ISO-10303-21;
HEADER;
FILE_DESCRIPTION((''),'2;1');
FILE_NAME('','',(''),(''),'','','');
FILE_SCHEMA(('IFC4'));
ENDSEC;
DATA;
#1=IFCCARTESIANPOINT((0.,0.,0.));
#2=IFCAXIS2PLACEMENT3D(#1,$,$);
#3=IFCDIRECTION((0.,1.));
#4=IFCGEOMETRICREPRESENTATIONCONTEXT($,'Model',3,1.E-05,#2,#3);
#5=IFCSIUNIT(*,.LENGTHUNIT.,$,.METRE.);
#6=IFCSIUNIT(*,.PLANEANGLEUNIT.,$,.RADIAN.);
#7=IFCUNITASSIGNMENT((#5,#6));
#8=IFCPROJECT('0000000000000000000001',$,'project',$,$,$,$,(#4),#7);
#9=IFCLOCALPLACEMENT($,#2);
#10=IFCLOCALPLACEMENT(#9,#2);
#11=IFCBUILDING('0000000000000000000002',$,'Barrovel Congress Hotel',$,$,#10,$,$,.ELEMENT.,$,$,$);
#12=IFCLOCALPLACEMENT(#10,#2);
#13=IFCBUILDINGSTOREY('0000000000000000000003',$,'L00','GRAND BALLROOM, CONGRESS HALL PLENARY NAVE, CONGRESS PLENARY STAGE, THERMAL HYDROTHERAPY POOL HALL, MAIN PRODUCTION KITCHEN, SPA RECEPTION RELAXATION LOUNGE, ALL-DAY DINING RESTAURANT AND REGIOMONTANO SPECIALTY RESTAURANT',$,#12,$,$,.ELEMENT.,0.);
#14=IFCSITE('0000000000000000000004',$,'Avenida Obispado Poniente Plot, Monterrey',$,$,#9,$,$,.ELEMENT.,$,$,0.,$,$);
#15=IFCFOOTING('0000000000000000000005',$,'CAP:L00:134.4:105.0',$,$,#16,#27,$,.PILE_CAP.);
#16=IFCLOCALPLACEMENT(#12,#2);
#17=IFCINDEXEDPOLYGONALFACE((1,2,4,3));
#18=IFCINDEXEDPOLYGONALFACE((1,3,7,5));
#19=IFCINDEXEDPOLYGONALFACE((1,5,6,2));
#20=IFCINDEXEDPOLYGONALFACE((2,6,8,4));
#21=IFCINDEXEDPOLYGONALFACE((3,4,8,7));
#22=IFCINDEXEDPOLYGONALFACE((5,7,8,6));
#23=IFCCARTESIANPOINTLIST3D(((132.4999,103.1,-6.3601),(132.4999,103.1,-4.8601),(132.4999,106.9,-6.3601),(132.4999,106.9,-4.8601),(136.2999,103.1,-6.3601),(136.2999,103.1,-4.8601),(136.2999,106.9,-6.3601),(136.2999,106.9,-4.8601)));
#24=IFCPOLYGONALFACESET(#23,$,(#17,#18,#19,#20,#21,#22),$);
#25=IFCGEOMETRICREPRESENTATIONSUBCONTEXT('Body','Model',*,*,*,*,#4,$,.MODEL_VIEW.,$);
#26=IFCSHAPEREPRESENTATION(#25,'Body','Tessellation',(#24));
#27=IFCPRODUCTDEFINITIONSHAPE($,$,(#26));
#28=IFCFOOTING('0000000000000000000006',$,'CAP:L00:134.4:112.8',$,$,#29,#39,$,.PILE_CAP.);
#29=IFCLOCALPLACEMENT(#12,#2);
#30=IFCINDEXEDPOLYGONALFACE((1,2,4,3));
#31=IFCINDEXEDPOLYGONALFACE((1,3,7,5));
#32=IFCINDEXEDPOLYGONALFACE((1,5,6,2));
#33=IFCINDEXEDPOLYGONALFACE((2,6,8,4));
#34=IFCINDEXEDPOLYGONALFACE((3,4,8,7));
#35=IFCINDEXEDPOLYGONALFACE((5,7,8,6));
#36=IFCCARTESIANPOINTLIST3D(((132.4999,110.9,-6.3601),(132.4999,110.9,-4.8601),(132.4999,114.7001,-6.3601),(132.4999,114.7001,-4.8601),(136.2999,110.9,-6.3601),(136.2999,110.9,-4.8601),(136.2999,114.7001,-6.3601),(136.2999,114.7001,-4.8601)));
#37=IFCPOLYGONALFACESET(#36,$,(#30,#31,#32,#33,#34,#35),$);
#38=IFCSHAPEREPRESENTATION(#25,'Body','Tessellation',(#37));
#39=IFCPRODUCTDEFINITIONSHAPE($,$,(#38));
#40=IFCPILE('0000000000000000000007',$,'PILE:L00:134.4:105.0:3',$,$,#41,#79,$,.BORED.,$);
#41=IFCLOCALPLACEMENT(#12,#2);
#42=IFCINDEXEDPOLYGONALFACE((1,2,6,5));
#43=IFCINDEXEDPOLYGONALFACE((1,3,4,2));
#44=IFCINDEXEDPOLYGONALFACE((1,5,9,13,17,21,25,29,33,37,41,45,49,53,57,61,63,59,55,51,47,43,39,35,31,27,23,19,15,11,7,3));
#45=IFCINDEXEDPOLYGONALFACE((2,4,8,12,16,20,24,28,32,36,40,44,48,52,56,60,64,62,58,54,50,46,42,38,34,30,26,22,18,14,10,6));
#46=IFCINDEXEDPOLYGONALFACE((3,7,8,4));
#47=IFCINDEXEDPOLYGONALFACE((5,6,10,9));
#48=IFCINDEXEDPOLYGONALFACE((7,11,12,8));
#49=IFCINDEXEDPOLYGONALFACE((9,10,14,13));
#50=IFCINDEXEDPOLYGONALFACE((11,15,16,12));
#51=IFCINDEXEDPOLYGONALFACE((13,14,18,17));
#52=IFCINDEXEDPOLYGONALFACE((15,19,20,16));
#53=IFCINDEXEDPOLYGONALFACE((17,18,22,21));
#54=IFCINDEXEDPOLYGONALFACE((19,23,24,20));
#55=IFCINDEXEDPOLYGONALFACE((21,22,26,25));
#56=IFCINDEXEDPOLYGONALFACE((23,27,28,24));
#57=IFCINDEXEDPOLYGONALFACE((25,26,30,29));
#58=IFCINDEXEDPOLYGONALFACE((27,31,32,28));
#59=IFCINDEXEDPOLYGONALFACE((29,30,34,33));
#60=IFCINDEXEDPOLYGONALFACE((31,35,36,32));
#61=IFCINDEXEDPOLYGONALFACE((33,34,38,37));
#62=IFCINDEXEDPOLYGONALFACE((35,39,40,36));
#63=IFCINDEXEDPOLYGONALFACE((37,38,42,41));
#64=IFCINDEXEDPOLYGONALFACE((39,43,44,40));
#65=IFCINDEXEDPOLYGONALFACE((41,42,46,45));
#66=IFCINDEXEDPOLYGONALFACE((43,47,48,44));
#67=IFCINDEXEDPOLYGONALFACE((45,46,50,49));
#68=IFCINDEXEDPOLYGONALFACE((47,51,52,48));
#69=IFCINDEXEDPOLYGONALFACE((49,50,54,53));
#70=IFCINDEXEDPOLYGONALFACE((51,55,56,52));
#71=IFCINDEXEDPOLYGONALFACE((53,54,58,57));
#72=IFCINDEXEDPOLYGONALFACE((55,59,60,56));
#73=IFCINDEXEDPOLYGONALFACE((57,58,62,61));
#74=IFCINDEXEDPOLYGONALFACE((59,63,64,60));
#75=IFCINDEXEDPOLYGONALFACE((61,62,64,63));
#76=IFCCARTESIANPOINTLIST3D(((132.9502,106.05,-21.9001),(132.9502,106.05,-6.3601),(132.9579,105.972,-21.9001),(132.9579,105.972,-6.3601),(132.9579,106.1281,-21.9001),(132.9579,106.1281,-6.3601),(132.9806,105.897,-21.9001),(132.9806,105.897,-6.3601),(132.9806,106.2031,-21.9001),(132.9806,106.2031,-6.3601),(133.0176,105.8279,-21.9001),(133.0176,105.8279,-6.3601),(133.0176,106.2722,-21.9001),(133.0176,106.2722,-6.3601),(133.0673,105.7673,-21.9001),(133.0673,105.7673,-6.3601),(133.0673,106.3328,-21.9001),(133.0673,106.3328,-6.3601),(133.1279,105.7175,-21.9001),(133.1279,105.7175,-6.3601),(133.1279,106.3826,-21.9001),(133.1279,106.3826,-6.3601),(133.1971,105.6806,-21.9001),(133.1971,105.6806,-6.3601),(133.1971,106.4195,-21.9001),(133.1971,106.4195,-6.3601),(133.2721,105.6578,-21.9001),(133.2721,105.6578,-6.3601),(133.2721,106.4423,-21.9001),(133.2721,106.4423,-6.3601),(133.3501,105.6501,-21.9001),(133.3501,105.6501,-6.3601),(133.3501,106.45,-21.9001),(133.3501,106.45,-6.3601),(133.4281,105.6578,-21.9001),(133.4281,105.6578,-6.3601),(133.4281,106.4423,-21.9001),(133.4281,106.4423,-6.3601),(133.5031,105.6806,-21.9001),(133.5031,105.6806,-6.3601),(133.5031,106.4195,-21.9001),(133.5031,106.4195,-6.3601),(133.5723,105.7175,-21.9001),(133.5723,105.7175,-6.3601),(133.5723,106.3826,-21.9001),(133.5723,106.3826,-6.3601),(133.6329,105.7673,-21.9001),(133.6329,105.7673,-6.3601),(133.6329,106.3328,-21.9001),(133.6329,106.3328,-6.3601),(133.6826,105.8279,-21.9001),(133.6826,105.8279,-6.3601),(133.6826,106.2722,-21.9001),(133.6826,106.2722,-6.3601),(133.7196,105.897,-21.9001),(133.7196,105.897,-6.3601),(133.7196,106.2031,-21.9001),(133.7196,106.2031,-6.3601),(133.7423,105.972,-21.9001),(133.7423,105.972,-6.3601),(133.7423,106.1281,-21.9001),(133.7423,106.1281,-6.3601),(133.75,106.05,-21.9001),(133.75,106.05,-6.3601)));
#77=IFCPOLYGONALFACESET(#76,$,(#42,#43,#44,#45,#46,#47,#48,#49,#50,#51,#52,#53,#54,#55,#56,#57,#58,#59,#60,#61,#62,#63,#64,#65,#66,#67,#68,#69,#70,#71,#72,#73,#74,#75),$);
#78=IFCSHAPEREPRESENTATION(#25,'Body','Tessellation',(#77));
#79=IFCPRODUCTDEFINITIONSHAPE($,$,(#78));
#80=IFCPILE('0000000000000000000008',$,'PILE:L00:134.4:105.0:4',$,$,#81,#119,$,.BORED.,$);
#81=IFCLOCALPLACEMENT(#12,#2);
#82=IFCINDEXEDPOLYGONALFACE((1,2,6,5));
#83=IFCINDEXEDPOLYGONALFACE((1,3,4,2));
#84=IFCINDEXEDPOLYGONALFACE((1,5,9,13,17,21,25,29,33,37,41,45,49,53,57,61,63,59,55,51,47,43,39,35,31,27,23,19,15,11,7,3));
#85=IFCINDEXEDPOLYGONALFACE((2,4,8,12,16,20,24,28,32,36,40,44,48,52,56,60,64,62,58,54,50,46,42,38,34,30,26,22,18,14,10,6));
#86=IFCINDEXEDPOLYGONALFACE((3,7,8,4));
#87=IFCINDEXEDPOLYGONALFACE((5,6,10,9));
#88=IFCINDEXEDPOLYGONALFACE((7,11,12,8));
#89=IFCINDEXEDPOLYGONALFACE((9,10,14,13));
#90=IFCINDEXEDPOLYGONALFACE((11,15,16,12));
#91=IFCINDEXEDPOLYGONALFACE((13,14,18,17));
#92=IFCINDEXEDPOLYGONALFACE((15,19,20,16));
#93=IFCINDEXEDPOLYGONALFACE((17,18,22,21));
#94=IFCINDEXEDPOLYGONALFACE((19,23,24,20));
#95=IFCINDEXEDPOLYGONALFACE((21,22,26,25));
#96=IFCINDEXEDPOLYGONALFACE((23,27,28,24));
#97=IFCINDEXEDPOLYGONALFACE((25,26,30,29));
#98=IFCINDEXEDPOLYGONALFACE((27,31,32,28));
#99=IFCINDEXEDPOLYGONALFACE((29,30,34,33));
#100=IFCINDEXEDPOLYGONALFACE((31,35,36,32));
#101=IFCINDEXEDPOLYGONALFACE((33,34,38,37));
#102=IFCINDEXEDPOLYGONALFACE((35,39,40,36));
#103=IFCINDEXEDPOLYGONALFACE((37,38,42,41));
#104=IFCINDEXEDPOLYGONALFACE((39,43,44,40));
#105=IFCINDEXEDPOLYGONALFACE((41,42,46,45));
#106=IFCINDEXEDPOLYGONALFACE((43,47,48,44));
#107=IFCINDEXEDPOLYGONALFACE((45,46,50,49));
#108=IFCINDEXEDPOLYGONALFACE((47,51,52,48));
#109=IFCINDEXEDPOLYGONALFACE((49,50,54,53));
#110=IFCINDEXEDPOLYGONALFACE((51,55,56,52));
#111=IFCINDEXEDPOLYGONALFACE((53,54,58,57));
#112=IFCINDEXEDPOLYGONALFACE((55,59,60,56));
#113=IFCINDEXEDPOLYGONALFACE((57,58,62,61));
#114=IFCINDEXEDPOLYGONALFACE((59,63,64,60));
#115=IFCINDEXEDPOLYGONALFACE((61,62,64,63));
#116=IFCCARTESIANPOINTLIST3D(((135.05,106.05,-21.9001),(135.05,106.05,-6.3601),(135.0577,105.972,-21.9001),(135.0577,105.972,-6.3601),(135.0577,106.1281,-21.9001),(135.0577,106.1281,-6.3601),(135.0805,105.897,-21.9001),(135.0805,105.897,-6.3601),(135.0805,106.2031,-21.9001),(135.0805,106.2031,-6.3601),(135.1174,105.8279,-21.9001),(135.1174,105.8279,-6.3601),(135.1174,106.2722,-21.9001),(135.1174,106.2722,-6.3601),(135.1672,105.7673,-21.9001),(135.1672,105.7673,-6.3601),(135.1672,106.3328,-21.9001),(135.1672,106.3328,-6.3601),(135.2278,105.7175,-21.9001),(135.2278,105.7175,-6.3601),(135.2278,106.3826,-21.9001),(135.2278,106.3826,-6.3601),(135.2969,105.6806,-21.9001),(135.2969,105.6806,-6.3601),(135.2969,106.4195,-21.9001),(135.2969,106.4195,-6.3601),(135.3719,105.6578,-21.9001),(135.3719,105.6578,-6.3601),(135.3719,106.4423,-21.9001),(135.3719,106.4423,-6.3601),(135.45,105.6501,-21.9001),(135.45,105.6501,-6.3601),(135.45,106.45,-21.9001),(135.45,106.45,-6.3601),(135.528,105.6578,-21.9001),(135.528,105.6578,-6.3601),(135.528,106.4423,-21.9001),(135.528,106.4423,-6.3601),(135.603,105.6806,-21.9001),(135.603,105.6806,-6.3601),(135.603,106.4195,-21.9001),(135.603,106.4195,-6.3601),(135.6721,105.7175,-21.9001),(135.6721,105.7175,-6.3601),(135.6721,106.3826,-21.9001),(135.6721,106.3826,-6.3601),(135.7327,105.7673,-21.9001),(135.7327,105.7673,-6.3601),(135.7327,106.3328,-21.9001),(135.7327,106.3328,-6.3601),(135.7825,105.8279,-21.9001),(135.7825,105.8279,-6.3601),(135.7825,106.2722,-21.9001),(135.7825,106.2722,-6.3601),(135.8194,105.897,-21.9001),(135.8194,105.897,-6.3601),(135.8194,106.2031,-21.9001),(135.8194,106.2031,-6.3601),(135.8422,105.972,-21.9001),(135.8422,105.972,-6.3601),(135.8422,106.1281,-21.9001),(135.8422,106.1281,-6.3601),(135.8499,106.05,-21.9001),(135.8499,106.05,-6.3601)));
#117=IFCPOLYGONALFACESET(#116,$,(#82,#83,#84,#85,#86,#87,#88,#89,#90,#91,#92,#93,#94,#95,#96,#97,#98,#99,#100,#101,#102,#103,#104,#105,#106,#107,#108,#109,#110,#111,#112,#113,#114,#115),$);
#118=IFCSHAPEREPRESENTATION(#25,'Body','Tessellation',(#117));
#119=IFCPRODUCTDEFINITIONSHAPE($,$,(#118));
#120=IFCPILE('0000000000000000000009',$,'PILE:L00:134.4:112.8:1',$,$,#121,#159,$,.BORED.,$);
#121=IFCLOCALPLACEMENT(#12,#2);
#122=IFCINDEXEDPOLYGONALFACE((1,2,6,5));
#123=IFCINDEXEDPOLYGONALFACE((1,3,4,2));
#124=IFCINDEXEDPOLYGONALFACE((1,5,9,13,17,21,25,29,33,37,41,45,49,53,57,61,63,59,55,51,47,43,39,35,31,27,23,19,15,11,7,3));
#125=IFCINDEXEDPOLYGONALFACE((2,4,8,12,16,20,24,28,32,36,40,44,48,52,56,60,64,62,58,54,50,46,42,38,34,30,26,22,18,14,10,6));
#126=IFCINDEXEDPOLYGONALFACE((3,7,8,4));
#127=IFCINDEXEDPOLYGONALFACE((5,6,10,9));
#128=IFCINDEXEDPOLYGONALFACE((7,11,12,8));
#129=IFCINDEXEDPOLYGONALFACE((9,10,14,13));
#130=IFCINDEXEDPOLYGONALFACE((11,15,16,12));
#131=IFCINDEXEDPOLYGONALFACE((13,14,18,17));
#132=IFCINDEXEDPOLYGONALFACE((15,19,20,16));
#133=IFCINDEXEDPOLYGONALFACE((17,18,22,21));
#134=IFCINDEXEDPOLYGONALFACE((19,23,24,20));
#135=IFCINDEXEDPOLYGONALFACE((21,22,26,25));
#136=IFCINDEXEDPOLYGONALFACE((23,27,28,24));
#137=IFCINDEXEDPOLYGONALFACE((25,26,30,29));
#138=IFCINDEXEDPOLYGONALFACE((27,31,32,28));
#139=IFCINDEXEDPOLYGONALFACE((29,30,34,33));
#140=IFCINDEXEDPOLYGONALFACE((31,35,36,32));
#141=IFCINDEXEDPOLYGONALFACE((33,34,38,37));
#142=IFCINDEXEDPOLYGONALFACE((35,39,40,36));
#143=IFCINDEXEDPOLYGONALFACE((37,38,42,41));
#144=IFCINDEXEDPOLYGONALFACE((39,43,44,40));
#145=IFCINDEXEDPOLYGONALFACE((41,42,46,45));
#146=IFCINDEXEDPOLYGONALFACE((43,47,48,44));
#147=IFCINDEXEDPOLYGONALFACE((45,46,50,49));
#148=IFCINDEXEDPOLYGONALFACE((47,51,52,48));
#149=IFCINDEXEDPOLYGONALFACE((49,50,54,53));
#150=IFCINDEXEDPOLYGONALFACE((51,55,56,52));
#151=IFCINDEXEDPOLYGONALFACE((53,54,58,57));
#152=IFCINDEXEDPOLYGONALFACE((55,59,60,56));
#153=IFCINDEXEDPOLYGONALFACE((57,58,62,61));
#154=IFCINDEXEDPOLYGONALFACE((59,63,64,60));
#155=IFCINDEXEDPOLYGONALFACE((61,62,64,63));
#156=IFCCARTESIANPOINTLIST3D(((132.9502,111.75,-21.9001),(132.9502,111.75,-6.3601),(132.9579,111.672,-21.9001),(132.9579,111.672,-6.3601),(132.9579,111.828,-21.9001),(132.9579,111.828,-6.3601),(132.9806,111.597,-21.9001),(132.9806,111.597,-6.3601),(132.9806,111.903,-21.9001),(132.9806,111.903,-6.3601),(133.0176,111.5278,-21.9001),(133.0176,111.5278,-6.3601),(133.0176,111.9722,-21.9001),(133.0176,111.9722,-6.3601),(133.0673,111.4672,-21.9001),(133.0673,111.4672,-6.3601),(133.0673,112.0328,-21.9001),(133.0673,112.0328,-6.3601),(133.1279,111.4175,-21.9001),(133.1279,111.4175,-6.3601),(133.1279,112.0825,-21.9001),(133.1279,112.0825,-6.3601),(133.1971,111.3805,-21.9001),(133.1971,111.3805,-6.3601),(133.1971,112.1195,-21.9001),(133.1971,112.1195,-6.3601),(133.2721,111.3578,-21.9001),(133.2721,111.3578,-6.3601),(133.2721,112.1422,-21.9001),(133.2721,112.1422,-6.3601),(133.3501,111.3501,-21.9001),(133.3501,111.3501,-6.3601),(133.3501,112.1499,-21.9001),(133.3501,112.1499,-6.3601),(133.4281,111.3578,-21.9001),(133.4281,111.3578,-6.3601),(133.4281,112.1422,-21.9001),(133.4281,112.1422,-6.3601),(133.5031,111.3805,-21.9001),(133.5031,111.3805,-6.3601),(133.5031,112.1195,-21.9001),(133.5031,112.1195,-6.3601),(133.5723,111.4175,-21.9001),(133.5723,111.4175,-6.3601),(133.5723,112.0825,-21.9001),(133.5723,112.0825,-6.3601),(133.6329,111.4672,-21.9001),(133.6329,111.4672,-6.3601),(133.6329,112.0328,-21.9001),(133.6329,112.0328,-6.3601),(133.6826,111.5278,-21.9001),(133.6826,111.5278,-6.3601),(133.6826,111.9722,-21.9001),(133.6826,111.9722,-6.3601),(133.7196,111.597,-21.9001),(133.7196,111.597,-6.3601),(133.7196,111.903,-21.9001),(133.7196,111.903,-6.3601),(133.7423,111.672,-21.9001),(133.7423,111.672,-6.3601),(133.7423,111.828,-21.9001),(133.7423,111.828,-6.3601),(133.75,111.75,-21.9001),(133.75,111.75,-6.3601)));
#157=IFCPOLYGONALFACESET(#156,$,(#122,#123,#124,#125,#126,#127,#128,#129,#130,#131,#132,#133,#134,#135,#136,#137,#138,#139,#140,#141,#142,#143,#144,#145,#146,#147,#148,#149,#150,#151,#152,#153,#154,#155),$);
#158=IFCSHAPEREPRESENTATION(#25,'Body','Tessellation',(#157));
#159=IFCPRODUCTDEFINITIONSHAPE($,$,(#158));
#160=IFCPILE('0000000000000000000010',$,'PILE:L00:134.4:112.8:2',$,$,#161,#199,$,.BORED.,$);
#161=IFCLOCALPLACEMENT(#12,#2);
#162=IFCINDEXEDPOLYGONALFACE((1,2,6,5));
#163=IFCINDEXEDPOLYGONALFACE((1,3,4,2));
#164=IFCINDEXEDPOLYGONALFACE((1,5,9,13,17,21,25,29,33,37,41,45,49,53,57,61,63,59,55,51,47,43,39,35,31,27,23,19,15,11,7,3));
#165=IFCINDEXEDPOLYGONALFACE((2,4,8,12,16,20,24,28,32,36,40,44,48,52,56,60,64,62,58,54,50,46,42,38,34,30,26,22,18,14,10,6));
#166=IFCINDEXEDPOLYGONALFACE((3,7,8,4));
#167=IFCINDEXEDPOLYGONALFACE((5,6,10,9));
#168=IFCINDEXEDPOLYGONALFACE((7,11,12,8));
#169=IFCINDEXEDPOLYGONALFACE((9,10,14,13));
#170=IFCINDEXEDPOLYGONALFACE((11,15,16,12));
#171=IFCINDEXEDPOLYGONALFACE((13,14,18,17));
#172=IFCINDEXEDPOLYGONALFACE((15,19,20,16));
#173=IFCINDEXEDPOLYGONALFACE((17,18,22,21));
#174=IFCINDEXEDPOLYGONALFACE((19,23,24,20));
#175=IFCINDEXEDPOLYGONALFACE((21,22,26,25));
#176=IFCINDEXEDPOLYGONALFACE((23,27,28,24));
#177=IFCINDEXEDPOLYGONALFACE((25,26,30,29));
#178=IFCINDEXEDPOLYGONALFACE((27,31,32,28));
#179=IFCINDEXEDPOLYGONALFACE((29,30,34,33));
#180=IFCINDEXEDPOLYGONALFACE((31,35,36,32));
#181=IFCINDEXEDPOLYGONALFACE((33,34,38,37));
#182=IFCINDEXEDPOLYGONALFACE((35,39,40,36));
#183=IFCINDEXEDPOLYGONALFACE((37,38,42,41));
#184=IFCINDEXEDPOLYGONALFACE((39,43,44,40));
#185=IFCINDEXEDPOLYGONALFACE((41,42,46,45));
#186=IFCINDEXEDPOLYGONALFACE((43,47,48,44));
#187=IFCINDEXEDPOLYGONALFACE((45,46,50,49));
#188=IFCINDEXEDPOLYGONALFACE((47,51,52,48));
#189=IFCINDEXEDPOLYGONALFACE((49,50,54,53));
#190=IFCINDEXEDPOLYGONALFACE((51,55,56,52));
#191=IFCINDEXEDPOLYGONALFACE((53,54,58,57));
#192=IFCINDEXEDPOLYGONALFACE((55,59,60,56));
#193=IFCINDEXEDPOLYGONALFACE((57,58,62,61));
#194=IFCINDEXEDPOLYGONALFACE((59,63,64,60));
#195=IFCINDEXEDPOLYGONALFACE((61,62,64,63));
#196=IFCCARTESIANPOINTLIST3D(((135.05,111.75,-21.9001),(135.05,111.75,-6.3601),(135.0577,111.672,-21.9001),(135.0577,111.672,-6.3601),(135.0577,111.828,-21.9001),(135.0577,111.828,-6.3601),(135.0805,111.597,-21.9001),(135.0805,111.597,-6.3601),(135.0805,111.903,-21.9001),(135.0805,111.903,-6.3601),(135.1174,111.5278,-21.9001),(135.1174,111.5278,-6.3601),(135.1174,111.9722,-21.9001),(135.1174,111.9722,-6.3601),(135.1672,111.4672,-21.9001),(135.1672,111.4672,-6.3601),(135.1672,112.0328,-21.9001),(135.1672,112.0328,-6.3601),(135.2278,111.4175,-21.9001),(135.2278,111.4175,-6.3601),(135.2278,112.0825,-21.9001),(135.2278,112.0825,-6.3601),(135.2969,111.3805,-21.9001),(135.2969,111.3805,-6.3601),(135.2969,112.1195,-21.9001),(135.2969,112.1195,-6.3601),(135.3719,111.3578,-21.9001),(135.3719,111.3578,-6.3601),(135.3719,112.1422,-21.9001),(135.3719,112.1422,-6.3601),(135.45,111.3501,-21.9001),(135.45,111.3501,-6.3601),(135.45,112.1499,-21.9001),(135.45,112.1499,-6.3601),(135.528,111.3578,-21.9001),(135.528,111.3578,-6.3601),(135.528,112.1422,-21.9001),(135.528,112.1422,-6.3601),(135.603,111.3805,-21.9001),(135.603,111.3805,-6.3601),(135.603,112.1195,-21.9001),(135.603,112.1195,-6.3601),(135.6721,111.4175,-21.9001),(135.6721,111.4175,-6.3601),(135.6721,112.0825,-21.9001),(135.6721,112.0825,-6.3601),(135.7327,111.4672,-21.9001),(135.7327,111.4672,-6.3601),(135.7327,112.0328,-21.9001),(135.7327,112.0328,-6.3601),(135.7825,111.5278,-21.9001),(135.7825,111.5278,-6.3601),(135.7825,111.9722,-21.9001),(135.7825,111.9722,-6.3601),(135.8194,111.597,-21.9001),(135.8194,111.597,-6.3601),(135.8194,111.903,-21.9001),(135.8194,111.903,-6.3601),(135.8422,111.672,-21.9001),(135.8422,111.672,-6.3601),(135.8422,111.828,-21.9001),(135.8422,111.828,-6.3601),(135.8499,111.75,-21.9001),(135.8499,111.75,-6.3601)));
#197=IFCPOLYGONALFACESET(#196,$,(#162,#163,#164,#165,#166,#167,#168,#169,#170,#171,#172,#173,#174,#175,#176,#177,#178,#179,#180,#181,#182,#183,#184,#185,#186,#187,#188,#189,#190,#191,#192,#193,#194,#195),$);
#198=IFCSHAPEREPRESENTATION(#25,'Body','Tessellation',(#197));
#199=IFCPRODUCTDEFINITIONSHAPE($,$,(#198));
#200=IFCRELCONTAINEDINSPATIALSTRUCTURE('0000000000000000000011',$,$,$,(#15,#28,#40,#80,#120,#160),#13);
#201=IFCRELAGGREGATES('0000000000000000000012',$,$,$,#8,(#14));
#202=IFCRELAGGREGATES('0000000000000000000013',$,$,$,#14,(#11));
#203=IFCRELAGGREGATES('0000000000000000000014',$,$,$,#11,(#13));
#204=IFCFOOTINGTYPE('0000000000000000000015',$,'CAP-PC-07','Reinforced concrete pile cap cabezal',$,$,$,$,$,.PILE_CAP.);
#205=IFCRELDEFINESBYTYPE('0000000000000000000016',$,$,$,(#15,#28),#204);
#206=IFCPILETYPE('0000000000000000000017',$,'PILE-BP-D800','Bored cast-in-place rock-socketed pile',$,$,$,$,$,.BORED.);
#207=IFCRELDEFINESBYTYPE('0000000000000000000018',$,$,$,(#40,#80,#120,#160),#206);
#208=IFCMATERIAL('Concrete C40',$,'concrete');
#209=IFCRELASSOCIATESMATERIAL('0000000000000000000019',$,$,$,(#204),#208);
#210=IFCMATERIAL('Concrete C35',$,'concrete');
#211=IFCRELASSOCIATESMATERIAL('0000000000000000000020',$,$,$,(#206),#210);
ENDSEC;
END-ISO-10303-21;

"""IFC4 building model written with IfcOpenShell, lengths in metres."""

from ifc_helpers import new_model, si_unit, direction, frame, origin, origin_2d, place, context, subcontext, project, spatial, rectangle, circle, extrude, material, material_profile, profile_set, type_object, element, save


model = new_model("IFC4")

# Units and contexts
model_context = context("Model", 3, precision=1e-05, world=origin(), true_north=direction((0.0, 1.0)))
body_context = subcontext(model_context, "Body", "Model", "MODEL_VIEW")
ifc_project = project(units=[si_unit("LENGTHUNIT", "METRE"), si_unit("PLANEANGLEUNIT", "RADIAN")], contexts=[model_context])

# Site, building, storey
site_placement = place(None, origin())
site = spatial("IfcSite", under=ifc_project, at=site_placement, Name="Avenida Obispado Poniente Plot, Monterrey", CompositionType="ELEMENT", RefElevation=0.0)
building_placement = place(site_placement, origin())
building = spatial("IfcBuilding", under=site, at=building_placement, Name="Barrovel Congress Hotel", CompositionType="ELEMENT")
storey_placement = place(building_placement, origin())
storey = spatial("IfcBuildingStorey", under=building, at=storey_placement, Name="L00", Description="GRAND BALLROOM, CONGRESS HALL PLENARY NAVE, CONGRESS PLENARY STAGE, THERMAL HYDROTHERAPY POOL HALL, MAIN PRODUCTION KITCHEN, SPA RECEPTION RELAXATION LOUNGE, ALL-DAY DINING RESTAURANT AND REGIOMONTANO SPECIALTY RESTAURANT", CompositionType="ELEMENT", Elevation=0.0)

# Footings
ifc_material_1 = material(Name="Concrete C40", Category="concrete")
footing_type = type_object("IfcFootingType", Name="CAP-PC-07", Description="Reinforced concrete pile cap cabezal", PredefinedType="PILE_CAP", material=ifc_material_1)
for number, where, z_axis, x_axis, name in (
    (1, (134.3999, 105.0, -6.3601), (0.0, 0.0, 1.0), (1.0, 0.0, 0.0), "CAP:L00:134.4:105.0"),
    (2, (134.3999, 112.8, -6.3601), (0.0, 0.0, 1.0), (1.0, 0.0, 0.0), "CAP:L00:134.4:112.8"),
):
    element("IfcFooting", number, at=place(storey_placement, frame(where, z_axis=z_axis, x_axis=x_axis)), inside=storey, type_object=footing_type, Name=name, PredefinedType="PILE_CAP", context=body_context, shape_type="SweptSolid", body=[
        extrude(rectangle(XDim=3.8, YDim=3.8, at=origin_2d()), origin(), (0.0, 0.0, 1.0), 1.5),
    ])

# Piles
ifc_material_2 = material(Name="Concrete C35", Category="concrete")
ifc_material_profile_1 = material_profile(ifc_material_2, circle(Radius=0.3999, at=origin_2d()), Name="BP-D800")
ifc_profile_set_1 = profile_set([ifc_material_profile_1], Name="Concrete C35")
pile_type = type_object("IfcPileType", Name="PILE-BP-D800", Description="Bored cast-in-place rock-socketed pile", PredefinedType="BORED", material=ifc_profile_set_1)
for number, where, z_axis, x_axis, name in (
    (3, (133.3501, 106.05, -6.3601), (0.0, 0.0, -1.0), (1.0, 0.0, 0.0), "PILE:L00:134.4:105.0:3"),
    (4, (135.45, 106.05, -6.3601), (0.0, 0.0, -1.0), (1.0, 0.0, 0.0), "PILE:L00:134.4:105.0:4"),
    (5, (133.3501, 111.75, -6.3601), (0.0, 0.0, -1.0), (1.0, 0.0, 0.0), "PILE:L00:134.4:112.8:1"),
    (6, (135.45, 111.75, -6.3601), (0.0, 0.0, -1.0), (1.0, 0.0, 0.0), "PILE:L00:134.4:112.8:2"),
):
    element("IfcPile", number, at=place(storey_placement, frame(where, z_axis=z_axis, x_axis=x_axis)), inside=storey, type_object=pile_type, Name=name, PredefinedType="BORED", context=body_context, shape_type="SweptSolid", body=[
        extrude(circle(Radius=0.3999, at=origin_2d()), origin(), (0.0, 0.0, 1.0), 15.54),
    ])

save(model, "model.ifc")
